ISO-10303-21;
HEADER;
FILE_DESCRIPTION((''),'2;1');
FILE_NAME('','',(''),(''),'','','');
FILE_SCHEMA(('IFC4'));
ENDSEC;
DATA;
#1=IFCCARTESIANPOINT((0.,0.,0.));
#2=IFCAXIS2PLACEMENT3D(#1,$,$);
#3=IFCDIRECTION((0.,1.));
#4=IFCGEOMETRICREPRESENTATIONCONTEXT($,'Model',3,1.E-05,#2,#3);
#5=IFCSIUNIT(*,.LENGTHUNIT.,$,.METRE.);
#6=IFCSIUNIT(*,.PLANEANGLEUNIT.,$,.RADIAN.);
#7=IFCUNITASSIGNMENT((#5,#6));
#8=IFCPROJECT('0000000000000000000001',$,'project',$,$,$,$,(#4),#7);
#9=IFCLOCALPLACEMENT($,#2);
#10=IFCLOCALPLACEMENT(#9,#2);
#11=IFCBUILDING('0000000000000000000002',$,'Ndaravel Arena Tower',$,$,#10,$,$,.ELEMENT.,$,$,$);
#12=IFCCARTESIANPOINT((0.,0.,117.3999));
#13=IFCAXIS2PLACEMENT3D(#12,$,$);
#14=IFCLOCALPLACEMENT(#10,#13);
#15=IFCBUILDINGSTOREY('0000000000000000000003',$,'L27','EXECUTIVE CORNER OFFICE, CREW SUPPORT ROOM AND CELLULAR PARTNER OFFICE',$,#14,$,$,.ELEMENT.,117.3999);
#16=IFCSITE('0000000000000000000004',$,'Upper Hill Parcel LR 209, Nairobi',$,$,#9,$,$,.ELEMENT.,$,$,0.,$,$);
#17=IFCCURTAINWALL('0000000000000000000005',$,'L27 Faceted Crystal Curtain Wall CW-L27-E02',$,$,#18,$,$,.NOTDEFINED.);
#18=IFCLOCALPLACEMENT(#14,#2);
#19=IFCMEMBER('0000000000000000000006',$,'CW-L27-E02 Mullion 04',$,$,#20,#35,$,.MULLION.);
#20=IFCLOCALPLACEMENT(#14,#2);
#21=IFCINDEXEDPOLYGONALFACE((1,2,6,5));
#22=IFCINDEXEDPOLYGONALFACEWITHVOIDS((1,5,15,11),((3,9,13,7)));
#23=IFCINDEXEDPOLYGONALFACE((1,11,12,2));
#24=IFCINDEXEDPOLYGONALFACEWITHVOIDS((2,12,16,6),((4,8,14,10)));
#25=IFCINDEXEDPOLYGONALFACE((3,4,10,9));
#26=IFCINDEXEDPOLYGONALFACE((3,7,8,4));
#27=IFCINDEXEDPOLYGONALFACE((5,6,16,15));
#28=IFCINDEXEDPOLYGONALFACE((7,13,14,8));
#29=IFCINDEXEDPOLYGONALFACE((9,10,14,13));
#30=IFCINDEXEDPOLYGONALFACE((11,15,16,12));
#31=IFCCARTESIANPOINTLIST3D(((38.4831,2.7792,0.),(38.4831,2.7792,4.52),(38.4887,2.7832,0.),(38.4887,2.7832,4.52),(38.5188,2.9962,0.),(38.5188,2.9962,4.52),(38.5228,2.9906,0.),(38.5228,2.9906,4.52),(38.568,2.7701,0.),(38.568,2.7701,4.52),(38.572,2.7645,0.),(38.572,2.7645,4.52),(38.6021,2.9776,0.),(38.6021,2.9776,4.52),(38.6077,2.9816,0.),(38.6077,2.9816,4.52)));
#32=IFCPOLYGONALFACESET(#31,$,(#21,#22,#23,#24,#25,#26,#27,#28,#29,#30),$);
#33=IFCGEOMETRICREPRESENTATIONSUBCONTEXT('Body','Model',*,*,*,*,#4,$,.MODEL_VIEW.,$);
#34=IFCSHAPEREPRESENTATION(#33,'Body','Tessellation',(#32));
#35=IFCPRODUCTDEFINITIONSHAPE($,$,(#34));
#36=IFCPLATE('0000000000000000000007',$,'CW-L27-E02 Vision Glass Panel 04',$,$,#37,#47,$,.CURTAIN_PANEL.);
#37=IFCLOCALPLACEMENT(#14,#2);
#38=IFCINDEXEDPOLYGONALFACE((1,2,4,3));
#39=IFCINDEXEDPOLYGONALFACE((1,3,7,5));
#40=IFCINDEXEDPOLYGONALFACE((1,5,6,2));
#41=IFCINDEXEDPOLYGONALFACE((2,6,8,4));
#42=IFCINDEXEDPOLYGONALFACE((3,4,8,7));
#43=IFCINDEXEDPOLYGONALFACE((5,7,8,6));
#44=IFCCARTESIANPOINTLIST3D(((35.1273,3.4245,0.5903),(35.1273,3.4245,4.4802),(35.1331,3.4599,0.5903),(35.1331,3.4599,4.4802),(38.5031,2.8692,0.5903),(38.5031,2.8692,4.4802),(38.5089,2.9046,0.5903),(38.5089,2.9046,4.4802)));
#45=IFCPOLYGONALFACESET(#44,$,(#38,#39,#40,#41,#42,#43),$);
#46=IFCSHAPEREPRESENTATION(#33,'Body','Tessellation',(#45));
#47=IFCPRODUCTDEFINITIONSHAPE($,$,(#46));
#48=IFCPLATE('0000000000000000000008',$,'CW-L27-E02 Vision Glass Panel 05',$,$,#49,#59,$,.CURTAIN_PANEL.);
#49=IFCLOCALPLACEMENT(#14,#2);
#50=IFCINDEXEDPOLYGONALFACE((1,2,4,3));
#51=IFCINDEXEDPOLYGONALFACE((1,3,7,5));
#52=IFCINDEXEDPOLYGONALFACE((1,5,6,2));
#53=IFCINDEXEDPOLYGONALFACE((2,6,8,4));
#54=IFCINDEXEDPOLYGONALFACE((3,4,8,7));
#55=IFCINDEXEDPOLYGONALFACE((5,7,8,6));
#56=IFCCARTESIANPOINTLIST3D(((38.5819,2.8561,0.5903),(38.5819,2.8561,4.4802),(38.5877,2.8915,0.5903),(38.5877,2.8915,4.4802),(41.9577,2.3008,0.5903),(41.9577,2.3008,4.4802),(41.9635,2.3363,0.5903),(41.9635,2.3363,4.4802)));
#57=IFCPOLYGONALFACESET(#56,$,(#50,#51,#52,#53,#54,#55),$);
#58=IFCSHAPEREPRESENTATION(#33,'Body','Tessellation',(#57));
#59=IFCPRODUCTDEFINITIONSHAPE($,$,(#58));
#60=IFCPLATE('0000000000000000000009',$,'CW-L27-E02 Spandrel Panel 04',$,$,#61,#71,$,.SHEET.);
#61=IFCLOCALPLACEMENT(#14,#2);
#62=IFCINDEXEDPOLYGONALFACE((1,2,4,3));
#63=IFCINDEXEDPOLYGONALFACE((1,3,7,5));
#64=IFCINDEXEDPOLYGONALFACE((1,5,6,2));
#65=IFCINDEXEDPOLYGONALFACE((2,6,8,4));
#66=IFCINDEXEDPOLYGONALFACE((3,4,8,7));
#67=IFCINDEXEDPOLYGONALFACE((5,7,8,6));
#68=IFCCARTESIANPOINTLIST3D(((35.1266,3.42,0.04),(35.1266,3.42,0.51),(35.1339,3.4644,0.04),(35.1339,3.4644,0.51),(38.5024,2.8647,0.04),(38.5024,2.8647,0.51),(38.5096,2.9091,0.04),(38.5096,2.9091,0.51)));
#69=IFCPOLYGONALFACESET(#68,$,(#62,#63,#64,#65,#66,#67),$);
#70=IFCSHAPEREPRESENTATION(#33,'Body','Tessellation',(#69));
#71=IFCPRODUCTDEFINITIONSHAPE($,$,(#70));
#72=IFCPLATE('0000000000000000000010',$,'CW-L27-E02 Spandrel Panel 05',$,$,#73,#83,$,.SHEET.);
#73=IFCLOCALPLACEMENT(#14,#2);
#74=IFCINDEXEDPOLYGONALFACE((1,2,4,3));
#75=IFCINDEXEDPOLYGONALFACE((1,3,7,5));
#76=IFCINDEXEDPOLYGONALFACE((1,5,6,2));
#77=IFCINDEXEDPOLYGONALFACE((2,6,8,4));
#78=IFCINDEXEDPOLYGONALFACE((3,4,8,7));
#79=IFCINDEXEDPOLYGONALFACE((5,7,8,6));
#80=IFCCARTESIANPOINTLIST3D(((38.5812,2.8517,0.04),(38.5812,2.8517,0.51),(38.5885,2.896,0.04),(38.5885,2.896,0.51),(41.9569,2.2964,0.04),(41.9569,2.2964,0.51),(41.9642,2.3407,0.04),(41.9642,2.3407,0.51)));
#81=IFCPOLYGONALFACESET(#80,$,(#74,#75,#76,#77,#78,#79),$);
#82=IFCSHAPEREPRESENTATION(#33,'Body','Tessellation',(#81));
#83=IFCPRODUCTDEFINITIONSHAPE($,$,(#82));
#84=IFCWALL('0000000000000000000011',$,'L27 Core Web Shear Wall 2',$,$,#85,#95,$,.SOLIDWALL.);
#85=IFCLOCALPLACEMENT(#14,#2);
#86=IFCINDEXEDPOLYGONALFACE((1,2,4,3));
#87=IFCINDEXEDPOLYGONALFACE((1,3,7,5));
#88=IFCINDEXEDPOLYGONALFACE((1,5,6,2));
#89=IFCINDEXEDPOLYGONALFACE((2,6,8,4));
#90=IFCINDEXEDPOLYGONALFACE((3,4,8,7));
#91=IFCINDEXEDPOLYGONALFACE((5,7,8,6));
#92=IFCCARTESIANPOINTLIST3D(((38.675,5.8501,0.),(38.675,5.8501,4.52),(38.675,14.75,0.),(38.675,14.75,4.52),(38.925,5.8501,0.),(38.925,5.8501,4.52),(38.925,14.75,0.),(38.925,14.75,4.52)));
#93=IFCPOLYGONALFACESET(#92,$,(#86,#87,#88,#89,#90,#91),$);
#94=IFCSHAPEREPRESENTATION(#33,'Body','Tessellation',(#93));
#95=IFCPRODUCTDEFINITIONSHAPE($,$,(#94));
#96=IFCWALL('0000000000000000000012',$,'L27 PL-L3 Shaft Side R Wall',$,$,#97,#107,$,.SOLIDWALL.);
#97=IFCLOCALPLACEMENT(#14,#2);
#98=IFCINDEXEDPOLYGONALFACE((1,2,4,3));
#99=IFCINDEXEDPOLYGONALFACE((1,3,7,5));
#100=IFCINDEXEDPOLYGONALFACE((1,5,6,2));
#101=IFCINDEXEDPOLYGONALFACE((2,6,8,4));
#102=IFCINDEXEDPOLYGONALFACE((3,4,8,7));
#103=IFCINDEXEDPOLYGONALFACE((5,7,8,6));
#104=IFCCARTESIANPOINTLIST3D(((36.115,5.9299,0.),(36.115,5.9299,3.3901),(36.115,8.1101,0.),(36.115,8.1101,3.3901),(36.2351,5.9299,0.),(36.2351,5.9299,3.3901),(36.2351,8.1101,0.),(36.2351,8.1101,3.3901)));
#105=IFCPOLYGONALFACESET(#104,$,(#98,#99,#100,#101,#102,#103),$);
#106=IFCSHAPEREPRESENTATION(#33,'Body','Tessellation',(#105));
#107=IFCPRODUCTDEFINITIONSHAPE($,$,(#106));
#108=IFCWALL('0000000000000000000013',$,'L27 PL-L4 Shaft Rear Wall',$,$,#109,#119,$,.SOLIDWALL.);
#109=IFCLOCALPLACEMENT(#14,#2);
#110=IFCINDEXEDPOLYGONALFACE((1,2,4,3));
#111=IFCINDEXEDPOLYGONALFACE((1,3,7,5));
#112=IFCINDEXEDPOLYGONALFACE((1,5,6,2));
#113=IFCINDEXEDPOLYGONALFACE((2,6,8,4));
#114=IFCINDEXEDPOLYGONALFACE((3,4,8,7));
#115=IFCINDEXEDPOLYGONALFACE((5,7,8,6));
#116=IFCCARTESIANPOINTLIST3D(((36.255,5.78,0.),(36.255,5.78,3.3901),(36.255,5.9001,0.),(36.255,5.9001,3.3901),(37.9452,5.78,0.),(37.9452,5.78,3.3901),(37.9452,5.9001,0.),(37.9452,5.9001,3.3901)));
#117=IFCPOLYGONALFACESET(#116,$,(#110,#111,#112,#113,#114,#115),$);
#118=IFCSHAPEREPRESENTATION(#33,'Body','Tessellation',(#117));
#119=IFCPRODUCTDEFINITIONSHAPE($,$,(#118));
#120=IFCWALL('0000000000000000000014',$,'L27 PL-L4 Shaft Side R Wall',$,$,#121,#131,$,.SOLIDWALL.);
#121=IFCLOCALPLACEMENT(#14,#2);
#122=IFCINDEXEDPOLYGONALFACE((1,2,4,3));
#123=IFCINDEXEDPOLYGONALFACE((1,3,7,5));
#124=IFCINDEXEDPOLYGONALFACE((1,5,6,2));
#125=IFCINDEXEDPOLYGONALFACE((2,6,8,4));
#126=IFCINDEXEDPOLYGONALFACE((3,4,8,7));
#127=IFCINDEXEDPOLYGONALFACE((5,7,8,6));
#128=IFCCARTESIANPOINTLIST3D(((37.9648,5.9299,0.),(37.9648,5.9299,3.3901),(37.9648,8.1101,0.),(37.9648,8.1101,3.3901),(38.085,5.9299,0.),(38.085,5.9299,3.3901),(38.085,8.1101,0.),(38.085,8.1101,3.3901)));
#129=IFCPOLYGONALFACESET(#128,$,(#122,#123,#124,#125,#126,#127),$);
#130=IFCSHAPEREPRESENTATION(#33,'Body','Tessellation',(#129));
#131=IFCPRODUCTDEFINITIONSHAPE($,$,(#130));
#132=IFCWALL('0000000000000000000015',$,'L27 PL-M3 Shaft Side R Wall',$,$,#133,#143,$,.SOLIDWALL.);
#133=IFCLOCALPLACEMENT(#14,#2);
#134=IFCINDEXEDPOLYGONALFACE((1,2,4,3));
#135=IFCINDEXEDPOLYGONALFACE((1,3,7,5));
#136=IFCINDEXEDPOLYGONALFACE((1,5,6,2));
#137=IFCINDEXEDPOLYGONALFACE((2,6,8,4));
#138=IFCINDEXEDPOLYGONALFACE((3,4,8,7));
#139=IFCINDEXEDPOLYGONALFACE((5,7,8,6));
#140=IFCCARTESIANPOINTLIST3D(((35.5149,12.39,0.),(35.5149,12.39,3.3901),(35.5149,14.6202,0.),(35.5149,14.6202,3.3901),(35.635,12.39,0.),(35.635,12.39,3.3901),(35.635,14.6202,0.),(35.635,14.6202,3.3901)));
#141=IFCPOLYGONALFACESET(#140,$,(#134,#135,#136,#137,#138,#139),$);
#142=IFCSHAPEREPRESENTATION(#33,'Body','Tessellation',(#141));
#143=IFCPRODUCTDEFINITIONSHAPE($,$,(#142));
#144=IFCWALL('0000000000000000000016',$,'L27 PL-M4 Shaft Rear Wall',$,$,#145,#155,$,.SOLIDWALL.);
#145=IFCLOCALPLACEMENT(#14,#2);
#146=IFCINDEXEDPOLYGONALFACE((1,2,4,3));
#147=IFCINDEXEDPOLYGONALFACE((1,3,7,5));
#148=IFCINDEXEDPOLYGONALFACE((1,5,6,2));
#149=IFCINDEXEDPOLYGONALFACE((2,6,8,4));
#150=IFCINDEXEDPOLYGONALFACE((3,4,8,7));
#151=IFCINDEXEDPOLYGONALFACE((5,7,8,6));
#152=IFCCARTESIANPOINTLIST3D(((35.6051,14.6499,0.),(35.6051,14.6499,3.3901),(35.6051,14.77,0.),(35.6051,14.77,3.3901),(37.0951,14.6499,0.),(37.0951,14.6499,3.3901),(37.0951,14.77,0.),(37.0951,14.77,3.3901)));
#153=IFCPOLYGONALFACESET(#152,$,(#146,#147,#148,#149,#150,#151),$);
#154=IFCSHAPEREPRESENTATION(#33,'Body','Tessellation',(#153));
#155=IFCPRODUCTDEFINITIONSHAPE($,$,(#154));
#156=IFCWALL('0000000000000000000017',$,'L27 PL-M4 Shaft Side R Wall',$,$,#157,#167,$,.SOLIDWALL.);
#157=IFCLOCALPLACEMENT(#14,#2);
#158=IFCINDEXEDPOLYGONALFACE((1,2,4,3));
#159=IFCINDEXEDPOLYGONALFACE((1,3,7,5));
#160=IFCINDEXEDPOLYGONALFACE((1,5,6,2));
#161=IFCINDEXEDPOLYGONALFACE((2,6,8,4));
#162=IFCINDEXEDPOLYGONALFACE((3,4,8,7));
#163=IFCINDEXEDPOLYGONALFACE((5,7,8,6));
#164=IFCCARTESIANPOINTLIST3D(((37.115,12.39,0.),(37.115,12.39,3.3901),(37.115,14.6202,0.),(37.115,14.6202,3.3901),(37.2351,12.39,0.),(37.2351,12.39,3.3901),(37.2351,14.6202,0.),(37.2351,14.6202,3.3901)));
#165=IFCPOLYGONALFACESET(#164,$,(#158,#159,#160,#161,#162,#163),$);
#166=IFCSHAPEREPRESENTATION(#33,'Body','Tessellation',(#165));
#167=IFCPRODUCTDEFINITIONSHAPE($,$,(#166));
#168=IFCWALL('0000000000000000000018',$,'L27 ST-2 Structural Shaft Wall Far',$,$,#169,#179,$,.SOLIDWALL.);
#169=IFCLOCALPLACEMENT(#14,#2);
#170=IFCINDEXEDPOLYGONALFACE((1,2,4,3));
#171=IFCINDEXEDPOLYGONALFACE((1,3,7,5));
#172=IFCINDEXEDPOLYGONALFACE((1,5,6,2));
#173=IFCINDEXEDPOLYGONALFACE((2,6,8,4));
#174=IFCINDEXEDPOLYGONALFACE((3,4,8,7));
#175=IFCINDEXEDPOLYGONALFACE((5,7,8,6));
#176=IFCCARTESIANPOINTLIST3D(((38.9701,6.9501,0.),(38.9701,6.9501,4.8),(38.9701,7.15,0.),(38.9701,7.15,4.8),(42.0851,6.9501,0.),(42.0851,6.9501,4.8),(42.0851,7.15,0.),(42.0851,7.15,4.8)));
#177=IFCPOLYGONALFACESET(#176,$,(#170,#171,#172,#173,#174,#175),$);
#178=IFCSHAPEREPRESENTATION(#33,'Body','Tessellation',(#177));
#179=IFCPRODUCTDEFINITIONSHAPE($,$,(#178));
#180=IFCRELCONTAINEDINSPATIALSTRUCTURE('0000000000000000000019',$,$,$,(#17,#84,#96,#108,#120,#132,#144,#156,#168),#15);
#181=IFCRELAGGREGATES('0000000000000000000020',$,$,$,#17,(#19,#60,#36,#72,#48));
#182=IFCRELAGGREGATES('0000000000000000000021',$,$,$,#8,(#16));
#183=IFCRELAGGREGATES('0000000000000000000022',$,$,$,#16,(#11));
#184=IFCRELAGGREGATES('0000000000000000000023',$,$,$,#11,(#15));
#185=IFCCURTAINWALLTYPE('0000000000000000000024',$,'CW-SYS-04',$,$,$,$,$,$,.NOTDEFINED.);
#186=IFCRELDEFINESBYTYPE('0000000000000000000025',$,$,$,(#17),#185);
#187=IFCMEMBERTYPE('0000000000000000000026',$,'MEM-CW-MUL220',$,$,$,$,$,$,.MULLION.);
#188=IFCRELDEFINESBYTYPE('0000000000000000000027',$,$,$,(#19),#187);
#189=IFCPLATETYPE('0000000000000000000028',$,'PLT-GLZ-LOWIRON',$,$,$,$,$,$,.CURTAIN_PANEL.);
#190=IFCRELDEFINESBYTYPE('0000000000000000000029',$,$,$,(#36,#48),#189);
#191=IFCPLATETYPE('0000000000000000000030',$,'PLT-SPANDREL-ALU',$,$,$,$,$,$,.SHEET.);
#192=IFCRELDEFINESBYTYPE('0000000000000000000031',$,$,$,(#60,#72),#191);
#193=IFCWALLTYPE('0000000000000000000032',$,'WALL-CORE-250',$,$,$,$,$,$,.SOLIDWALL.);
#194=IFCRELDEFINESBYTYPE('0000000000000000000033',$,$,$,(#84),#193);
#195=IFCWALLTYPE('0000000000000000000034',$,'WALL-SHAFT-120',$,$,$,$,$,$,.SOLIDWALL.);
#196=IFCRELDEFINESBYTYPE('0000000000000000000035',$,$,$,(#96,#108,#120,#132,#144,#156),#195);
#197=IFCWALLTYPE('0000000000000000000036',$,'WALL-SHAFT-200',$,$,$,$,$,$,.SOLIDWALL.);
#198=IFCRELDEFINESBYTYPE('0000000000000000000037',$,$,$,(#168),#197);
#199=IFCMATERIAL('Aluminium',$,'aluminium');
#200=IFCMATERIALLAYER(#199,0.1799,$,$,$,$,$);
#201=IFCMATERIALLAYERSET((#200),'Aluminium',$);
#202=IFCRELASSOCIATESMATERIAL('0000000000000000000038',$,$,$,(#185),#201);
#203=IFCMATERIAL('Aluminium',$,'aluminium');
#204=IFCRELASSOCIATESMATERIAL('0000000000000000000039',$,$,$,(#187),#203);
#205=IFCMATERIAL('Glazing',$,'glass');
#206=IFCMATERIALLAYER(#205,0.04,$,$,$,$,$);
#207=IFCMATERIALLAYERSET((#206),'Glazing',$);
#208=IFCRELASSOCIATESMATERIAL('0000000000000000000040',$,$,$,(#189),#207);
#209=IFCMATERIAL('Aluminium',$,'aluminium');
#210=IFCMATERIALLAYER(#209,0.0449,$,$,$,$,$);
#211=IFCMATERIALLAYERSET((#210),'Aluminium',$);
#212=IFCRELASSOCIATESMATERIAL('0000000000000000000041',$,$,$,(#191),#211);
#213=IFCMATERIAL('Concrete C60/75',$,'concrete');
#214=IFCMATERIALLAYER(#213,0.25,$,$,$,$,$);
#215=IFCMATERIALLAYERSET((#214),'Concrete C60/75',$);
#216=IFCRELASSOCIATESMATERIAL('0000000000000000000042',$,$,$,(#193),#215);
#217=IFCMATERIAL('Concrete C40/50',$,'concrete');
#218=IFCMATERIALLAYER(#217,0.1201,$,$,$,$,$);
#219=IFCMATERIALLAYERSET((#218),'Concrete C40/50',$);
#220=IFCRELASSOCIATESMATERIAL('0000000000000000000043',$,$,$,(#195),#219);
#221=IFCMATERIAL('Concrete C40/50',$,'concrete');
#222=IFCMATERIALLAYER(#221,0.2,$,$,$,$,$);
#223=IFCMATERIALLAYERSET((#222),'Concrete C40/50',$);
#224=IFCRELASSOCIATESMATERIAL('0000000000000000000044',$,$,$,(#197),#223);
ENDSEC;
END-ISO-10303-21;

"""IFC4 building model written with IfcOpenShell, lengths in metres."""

from ifc_helpers import new_model, si_unit, direction, frame, frame_2d, origin, origin_2d, place, context, subcontext, project, spatial, rectangle, hollow_rectangle, extrude, material, layer, layer_set, material_profile, profile_set, type_object, element, aggregate, save


model = new_model("IFC4")

# Units and contexts
model_context = context("Model", 3, precision=1e-05, world=origin(), true_north=direction((0.0, 1.0)))
body_context = subcontext(model_context, "Body", "Model", "MODEL_VIEW")
ifc_project = project(units=[si_unit("LENGTHUNIT", "METRE"), si_unit("PLANEANGLEUNIT", "RADIAN")], contexts=[model_context])

# Site, building, storey
site_placement = place(None, origin())
site = spatial("IfcSite", under=ifc_project, at=site_placement, Name="Upper Hill Parcel LR 209, Nairobi", CompositionType="ELEMENT", RefElevation=0.0)
building_placement = place(site_placement, origin())
building = spatial("IfcBuilding", under=site, at=building_placement, Name="Ndaravel Arena Tower", CompositionType="ELEMENT")
storey_placement = place(building_placement, frame((0.0, 0.0, 117.3999)))
storey = spatial("IfcBuildingStorey", under=building, at=storey_placement, Name="L27", Description="EXECUTIVE CORNER OFFICE, CREW SUPPORT ROOM AND CELLULAR PARTNER OFFICE", CompositionType="ELEMENT", Elevation=117.3999)

# Curtain wall, member, plates
ifc_material_1 = material(Name="Aluminium", Category="aluminium")
ifc_layer_1 = layer(ifc_material_1, 0.1799)
ifc_layer_set_1 = layer_set([ifc_layer_1], Name="Aluminium")
curtain_wall_type = type_object("IfcCurtainWallType", Name="CW-SYS-04", PredefinedType="NOTDEFINED", material=ifc_layer_set_1)
curtain_wall_placement = place(storey_placement, origin())
curtain_wall = element("IfcCurtainWall", 1, at=curtain_wall_placement, inside=storey, type_object=curtain_wall_type, Name="L27 Faceted Crystal Curtain Wall CW-L27-E02", PredefinedType="NOTDEFINED")
ifc_material_2 = material(Name="Aluminium", Category="aluminium")
ifc_material_profile_1 = material_profile(ifc_material_2, hollow_rectangle(XDim=0.0901, YDim=0.22, WallThickness=0.0049, at=origin_2d()), Name="CW MULLION 90x220x5")
ifc_profile_set_1 = profile_set([ifc_material_profile_1], Name="Aluminium")
member_type = type_object("IfcMemberType", Name="MEM-CW-MUL220", PredefinedType="MULLION", material=ifc_profile_set_1)
member_1_placement = place(storey_placement, frame((38.5454, 2.8804, 0.0), z_axis=(0.0, 0.0, 1.0), x_axis=(0.98674, -0.16231, 0.0)))
member_1 = element("IfcMember", 2, at=member_1_placement, type_object=member_type, Name="CW-L27-E02 Mullion 04", PredefinedType="MULLION", context=body_context, shape_type="SweptSolid", body=[
    extrude(hollow_rectangle(XDim=0.0901, YDim=0.22, WallThickness=0.0049, at=origin_2d()), origin(), (0.0, 0.0, 1.0), 4.52),
])
ifc_material_3 = material(Name="Glazing", Category="glass")
ifc_layer_2 = layer(ifc_material_3, 0.04)
ifc_layer_set_2 = layer_set([ifc_layer_2], Name="Glazing")
plate_type_1 = type_object("IfcPlateType", Name="PLT-GLZ-LOWIRON", PredefinedType="CURTAIN_PANEL", material=ifc_layer_set_2)
plate_1_placement = place(storey_placement, frame((36.8181, 3.1646, 0.5903), z_axis=(0.0, 0.0, 1.0), x_axis=(0.98674, -0.16231, 0.0)))
plate_1 = element("IfcPlate", 3, at=plate_1_placement, type_object=plate_type_1, Name="CW-L27-E02 Vision Glass Panel 04", PredefinedType="CURTAIN_PANEL", context=body_context, shape_type="SweptSolid", body=[
    extrude(rectangle(XDim=3.4211, YDim=0.0359, at=origin_2d()), origin(), (0.0, 0.0, 1.0), 3.8899),
])
plate_2_placement = place(storey_placement, frame((40.2727, 2.5962, 0.5903), z_axis=(0.0, 0.0, 1.0), x_axis=(0.98674, -0.16231, 0.0)))
plate_2 = element("IfcPlate", 4, at=plate_2_placement, type_object=plate_type_1, Name="CW-L27-E02 Vision Glass Panel 05", PredefinedType="CURTAIN_PANEL", context=body_context, shape_type="SweptSolid", body=[
    extrude(rectangle(XDim=3.4211, YDim=0.0359, at=origin_2d()), origin(), (0.0, 0.0, 1.0), 3.8899),
])
ifc_material_4 = material(Name="Aluminium", Category="aluminium")
ifc_layer_3 = layer(ifc_material_4, 0.0449)
ifc_layer_set_3 = layer_set([ifc_layer_3], Name="Aluminium")
plate_type_2 = type_object("IfcPlateType", Name="PLT-SPANDREL-ALU", PredefinedType="SHEET", material=ifc_layer_set_3)
plate_3_placement = place(storey_placement, frame((36.8181, 3.1646, 0.04), z_axis=(0.0, 0.0, 1.0), x_axis=(0.98674, -0.16231, 0.0)))
plate_3 = element("IfcPlate", 5, at=plate_3_placement, type_object=plate_type_2, Name="CW-L27-E02 Spandrel Panel 04", PredefinedType="SHEET", context=body_context, shape_type="SweptSolid", body=[
    extrude(rectangle(XDim=3.4211, YDim=0.0449, at=origin_2d()), origin(), (0.0, 0.0, 1.0), 0.47),
])
plate_4_placement = place(storey_placement, frame((40.2727, 2.5962, 0.04), z_axis=(0.0, 0.0, 1.0), x_axis=(0.98674, -0.16231, 0.0)))
plate_4 = element("IfcPlate", 6, at=plate_4_placement, type_object=plate_type_2, Name="CW-L27-E02 Spandrel Panel 05", PredefinedType="SHEET", context=body_context, shape_type="SweptSolid", body=[
    extrude(rectangle(XDim=3.4211, YDim=0.0449, at=origin_2d()), origin(), (0.0, 0.0, 1.0), 0.47),
])
aggregate(curtain_wall, [member_1, plate_3, plate_1, plate_4, plate_2])

# Walls
ifc_material_5 = material(Name="Concrete C60/75", Category="concrete")
ifc_layer_4 = layer(ifc_material_5, 0.25)
ifc_layer_set_4 = layer_set([ifc_layer_4], Name="Concrete C60/75")
wall_type_1 = type_object("IfcWallType", Name="WALL-CORE-250", PredefinedType="SOLIDWALL", material=ifc_layer_set_4)
wall_1_placement = place(storey_placement, frame((38.8, 5.8501, 0.0), z_axis=(0.0, 0.0, 1.0), x_axis=(0.0, 1.0, 0.0)))
element("IfcWall", 7, at=wall_1_placement, inside=storey, type_object=wall_type_1, Name="L27 Core Web Shear Wall 2", PredefinedType="SOLIDWALL", context=body_context, shape_type="SweptSolid", body=[
    extrude(rectangle(XDim=8.8999, YDim=0.25, at=frame_2d((4.45, 0.0))), origin(), (0.0, 0.0, 1.0), 4.52),
])
ifc_material_6 = material(Name="Concrete C40/50", Category="concrete")
ifc_layer_5 = layer(ifc_material_6, 0.1201)
ifc_layer_set_5 = layer_set([ifc_layer_5], Name="Concrete C40/50")
wall_type_2 = type_object("IfcWallType", Name="WALL-SHAFT-120", PredefinedType="SOLIDWALL", material=ifc_layer_set_5)
wall_2_placement = place(storey_placement, frame((36.175, 5.9299, 0.0), z_axis=(0.0, 0.0, 1.0), x_axis=(0.0, 1.0, 0.0)))
element("IfcWall", 8, at=wall_2_placement, inside=storey, type_object=wall_type_2, Name="L27 PL-L3 Shaft Side R Wall", PredefinedType="SOLIDWALL", context=body_context, shape_type="SweptSolid", body=[
    extrude(rectangle(XDim=2.1802, YDim=0.1201, at=frame_2d((1.0901, 0.0))), origin(), (0.0, 0.0, 1.0), 3.3901),
])
wall_3_placement = place(storey_placement, frame((36.2549, 5.8401, 0.0), z_axis=(0.0, 0.0, 1.0), x_axis=(1.0, 0.0, 0.0)))
element("IfcWall", 9, at=wall_3_placement, inside=storey, type_object=wall_type_2, Name="L27 PL-L4 Shaft Rear Wall", PredefinedType="SOLIDWALL", context=body_context, shape_type="SweptSolid", body=[
    extrude(rectangle(XDim=1.6902, YDim=0.1201, at=frame_2d((0.8452, 0.0))), origin(), (0.0, 0.0, 1.0), 3.3901),
])
wall_4_placement = place(storey_placement, frame((38.0249, 5.9299, 0.0), z_axis=(0.0, 0.0, 1.0), x_axis=(0.0, 1.0, 0.0)))
element("IfcWall", 10, at=wall_4_placement, inside=storey, type_object=wall_type_2, Name="L27 PL-L4 Shaft Side R Wall", PredefinedType="SOLIDWALL", context=body_context, shape_type="SweptSolid", body=[
    extrude(rectangle(XDim=2.1802, YDim=0.1201, at=frame_2d((1.0901, 0.0))), origin(), (0.0, 0.0, 1.0), 3.3901),
])
wall_5_placement = place(storey_placement, frame((35.575, 12.3899, 0.0), z_axis=(0.0, 0.0, 1.0), x_axis=(0.0, 1.0, 0.0)))
element("IfcWall", 11, at=wall_5_placement, inside=storey, type_object=wall_type_2, Name="L27 PL-M3 Shaft Side R Wall", PredefinedType="SOLIDWALL", context=body_context, shape_type="SweptSolid", body=[
    extrude(rectangle(XDim=2.2302, YDim=0.1201, at=frame_2d((1.1152, 0.0))), origin(), (0.0, 0.0, 1.0), 3.3901),
])
wall_6_placement = place(storey_placement, frame((35.605, 14.71, 0.0), z_axis=(0.0, 0.0, 1.0), x_axis=(1.0, 0.0, 0.0)))
element("IfcWall", 12, at=wall_6_placement, inside=storey, type_object=wall_type_2, Name="L27 PL-M4 Shaft Rear Wall", PredefinedType="SOLIDWALL", context=body_context, shape_type="SweptSolid", body=[
    extrude(rectangle(XDim=1.49, YDim=0.1201, at=frame_2d((0.7451, 0.0))), origin(), (0.0, 0.0, 1.0), 3.3901),
])
wall_7_placement = place(storey_placement, frame((37.175, 12.3899, 0.0), z_axis=(0.0, 0.0, 1.0), x_axis=(0.0, 1.0, 0.0)))
element("IfcWall", 13, at=wall_7_placement, inside=storey, type_object=wall_type_2, Name="L27 PL-M4 Shaft Side R Wall", PredefinedType="SOLIDWALL", context=body_context, shape_type="SweptSolid", body=[
    extrude(rectangle(XDim=2.2302, YDim=0.1201, at=frame_2d((1.1152, 0.0))), origin(), (0.0, 0.0, 1.0), 3.3901),
])
ifc_material_7 = material(Name="Concrete C40/50", Category="concrete")
ifc_layer_6 = layer(ifc_material_7, 0.2)
ifc_layer_set_6 = layer_set([ifc_layer_6], Name="Concrete C40/50")
wall_type_3 = type_object("IfcWallType", Name="WALL-SHAFT-200", PredefinedType="SOLIDWALL", material=ifc_layer_set_6)
wall_8_placement = place(storey_placement, frame((38.97, 7.05, 0.0), z_axis=(0.0, 0.0, 1.0), x_axis=(1.0, 0.0, 0.0)))
element("IfcWall", 14, at=wall_8_placement, inside=storey, type_object=wall_type_3, Name="L27 ST-2 Structural Shaft Wall Far", PredefinedType="SOLIDWALL", context=body_context, shape_type="SweptSolid", body=[
    extrude(rectangle(XDim=3.115, YDim=0.2, at=frame_2d((1.5576, 0.0))), origin(), (0.0, 0.0, 1.0), 4.8),
])

save(model, "model.ifc")
